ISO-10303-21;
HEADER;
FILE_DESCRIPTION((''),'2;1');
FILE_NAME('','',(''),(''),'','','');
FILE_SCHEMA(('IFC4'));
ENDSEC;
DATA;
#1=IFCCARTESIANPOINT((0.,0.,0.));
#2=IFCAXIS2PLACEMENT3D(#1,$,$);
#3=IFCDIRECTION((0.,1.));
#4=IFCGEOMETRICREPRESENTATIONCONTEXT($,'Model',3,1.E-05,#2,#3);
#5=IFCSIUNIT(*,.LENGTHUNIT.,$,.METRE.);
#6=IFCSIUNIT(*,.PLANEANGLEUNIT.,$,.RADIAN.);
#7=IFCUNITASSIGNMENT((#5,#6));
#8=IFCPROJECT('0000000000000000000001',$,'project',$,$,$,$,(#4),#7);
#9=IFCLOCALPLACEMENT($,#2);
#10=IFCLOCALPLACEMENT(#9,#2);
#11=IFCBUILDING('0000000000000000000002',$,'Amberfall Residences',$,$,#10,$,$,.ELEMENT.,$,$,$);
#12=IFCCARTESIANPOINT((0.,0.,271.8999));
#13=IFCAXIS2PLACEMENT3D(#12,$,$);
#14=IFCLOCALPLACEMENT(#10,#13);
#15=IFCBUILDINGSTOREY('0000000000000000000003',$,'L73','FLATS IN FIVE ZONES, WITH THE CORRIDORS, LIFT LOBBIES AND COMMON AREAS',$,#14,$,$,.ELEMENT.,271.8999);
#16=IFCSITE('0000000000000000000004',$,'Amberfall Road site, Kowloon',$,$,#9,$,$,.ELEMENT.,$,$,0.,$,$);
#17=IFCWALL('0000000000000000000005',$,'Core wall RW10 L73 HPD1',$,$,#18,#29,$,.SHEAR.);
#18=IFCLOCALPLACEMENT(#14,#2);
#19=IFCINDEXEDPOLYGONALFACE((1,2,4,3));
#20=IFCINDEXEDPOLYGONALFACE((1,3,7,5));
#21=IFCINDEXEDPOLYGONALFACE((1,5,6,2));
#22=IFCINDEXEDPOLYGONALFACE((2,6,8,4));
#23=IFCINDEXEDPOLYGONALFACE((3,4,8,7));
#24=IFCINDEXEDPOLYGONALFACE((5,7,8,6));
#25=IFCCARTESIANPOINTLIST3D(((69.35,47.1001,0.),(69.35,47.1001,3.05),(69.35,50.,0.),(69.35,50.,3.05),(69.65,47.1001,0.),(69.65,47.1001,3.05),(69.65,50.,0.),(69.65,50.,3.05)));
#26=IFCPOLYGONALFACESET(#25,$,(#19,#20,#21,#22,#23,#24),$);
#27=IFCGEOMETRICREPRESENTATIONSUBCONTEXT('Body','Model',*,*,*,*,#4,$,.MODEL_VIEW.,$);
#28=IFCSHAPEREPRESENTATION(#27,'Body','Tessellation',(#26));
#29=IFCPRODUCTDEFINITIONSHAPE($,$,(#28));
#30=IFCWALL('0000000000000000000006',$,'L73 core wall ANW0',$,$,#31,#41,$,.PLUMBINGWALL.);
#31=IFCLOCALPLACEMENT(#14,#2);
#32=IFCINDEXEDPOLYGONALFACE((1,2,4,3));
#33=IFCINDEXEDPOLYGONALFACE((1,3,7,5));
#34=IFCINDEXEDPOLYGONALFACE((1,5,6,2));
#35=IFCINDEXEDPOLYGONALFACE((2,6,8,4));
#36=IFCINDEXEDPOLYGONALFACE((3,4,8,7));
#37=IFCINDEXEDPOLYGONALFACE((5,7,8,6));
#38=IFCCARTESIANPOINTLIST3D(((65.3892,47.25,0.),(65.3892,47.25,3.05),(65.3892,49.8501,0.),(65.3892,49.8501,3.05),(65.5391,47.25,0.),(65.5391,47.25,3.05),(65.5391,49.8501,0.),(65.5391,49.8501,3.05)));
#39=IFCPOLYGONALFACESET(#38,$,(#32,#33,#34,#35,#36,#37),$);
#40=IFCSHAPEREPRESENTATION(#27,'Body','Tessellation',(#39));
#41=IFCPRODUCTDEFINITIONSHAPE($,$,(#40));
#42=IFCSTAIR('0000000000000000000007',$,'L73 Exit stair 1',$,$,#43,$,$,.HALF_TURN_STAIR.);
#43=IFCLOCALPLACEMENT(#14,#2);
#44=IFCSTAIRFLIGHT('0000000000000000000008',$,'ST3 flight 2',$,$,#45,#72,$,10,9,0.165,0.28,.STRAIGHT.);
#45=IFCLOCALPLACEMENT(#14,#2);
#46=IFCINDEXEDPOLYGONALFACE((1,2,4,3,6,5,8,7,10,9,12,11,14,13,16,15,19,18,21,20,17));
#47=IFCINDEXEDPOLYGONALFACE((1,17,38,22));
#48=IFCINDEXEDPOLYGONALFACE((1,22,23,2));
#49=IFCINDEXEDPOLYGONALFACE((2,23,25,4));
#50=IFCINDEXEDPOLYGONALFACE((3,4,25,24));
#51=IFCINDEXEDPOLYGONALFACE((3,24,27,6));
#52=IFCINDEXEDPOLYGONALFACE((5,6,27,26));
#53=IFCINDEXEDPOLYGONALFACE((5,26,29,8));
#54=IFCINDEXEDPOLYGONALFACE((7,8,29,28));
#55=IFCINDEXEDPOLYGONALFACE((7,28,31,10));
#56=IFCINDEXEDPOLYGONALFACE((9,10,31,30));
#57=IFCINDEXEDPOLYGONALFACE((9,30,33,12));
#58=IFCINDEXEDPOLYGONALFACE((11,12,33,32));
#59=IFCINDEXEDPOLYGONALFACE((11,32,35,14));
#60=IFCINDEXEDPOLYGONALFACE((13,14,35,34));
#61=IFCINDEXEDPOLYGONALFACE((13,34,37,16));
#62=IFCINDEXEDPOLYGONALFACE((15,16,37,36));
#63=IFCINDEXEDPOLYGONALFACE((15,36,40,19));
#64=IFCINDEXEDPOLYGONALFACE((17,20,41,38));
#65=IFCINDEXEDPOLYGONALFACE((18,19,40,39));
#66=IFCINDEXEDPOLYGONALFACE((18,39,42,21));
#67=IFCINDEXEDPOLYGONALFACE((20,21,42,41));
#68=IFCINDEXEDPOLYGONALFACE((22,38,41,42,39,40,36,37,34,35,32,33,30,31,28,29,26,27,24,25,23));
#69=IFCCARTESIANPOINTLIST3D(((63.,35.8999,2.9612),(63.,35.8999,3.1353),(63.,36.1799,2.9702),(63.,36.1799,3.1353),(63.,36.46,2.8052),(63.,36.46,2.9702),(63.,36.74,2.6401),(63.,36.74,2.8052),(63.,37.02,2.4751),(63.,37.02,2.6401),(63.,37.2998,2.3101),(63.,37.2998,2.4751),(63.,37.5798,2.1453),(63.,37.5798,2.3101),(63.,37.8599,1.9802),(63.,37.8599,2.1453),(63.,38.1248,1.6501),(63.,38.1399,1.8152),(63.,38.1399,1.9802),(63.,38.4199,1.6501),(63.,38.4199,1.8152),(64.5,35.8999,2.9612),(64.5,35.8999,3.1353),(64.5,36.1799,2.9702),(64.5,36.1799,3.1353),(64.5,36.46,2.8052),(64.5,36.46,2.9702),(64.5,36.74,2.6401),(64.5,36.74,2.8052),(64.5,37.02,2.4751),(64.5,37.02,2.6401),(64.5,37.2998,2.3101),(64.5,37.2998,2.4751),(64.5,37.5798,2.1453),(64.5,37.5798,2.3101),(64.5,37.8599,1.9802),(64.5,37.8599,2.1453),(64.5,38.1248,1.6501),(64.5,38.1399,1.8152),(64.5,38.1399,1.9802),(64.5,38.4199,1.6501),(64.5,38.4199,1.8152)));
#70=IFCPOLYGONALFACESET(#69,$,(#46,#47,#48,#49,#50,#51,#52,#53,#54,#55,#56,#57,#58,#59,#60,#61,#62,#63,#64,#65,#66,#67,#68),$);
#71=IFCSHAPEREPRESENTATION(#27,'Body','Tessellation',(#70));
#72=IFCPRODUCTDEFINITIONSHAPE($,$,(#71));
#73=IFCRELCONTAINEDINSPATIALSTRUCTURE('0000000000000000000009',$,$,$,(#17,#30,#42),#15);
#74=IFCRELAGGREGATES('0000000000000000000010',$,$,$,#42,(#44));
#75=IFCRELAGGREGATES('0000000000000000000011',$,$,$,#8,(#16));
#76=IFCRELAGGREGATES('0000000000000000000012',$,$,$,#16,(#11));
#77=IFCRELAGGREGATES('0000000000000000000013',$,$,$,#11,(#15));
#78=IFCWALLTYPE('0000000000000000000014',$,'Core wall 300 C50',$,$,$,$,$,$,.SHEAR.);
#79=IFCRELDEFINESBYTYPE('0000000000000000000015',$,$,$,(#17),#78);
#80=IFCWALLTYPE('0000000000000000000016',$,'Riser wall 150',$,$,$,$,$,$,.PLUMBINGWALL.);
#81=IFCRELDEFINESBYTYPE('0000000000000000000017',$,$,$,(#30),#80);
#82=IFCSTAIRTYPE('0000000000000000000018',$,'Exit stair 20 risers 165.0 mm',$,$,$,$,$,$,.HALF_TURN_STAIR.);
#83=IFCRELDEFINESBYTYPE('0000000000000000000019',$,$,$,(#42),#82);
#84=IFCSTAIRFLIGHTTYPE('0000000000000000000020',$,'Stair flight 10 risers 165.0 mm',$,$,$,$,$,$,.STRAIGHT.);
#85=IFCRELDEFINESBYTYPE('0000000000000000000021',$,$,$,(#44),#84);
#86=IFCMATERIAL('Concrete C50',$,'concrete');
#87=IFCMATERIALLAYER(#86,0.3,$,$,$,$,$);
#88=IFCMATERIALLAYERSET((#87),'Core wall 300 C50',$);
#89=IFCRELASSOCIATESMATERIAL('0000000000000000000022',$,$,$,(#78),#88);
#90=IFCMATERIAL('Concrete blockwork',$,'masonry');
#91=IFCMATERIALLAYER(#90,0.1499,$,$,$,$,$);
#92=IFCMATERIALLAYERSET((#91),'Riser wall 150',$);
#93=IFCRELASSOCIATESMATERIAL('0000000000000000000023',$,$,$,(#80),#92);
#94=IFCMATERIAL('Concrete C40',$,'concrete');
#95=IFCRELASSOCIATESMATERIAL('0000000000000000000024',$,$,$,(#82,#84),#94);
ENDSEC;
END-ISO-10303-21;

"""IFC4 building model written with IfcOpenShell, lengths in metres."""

from ifc_helpers import new_model, si_unit, direction, frame, frame_2d, origin, place, context, subcontext, project, spatial, polyline, rectangle, outline, extrude, material, layer, layer_set, type_object, element, aggregate, save


model = new_model("IFC4")

# Units and contexts
model_context = context("Model", 3, precision=1e-05, world=origin(), true_north=direction((0.0, 1.0)))
body_context = subcontext(model_context, "Body", "Model", "MODEL_VIEW")
ifc_project = project(units=[si_unit("LENGTHUNIT", "METRE"), si_unit("PLANEANGLEUNIT", "RADIAN")], contexts=[model_context])

# Site, building, storey
site_placement = place(None, origin())
site = spatial("IfcSite", under=ifc_project, at=site_placement, Name="Amberfall Road site, Kowloon", CompositionType="ELEMENT", RefElevation=0.0)
building_placement = place(site_placement, origin())
building = spatial("IfcBuilding", under=site, at=building_placement, Name="Amberfall Residences", CompositionType="ELEMENT")
storey_placement = place(building_placement, frame((0.0, 0.0, 271.8999)))
storey = spatial("IfcBuildingStorey", under=building, at=storey_placement, Name="L73", Description="FLATS IN FIVE ZONES, WITH THE CORRIDORS, LIFT LOBBIES AND COMMON AREAS", CompositionType="ELEMENT", Elevation=271.8999)

# Shared definitions
ifc_material_1 = material(Name="Concrete C50", Category="concrete")
ifc_layer_1 = layer(ifc_material_1, 0.3)
ifc_layer_set_1 = layer_set([ifc_layer_1], Name="Core wall 300 C50")
wall_type_1 = type_object("IfcWallType", Name="Core wall 300 C50", PredefinedType="SHEAR", material=ifc_layer_set_1)

# Walls
for number, where, z_axis, x_axis, name in (
    (1, (69.5, 47.1001, 0.0), (0.0, 0.0, 1.0), (0.0, 1.0, 0.0), "Core wall RW10 L73 HPD1"),
):
    element("IfcWall", number, at=place(storey_placement, frame(where, z_axis=z_axis, x_axis=x_axis)), inside=storey, type_object=wall_type_1, Name=name, PredefinedType="SHEAR", context=body_context, shape_type="SweptSolid", body=[
        extrude(rectangle(XDim=2.8999, YDim=0.3, at=frame_2d((1.45, 0.0))), origin(), (0.0, 0.0, 1.0), 3.05),
    ])
ifc_material_2 = material(Name="Concrete blockwork", Category="masonry")
ifc_layer_2 = layer(ifc_material_2, 0.1499)
ifc_layer_set_2 = layer_set([ifc_layer_2], Name="Riser wall 150")
wall_type_2 = type_object("IfcWallType", Name="Riser wall 150", PredefinedType="PLUMBINGWALL", material=ifc_layer_set_2)
wall_1_placement = place(storey_placement, frame((65.4641, 47.25, 0.0), z_axis=(0.0, 0.0, 1.0), x_axis=(0.0, 1.0, 0.0)))
element("IfcWall", 2, at=wall_1_placement, inside=storey, type_object=wall_type_2, Name="L73 core wall ANW0", PredefinedType="PLUMBINGWALL", context=body_context, shape_type="SweptSolid", body=[
    extrude(rectangle(XDim=2.6001, YDim=0.1499, at=frame_2d((1.3, 0.0))), origin(), (0.0, 0.0, 1.0), 3.05),
])

# Stair, stair flight
ifc_material_3 = material(Name="Concrete C40", Category="concrete")
stair_type = type_object("IfcStairType", Name="Exit stair 20 risers 165.0 mm", PredefinedType="HALF_TURN_STAIR", material=ifc_material_3)
stair_placement = place(storey_placement, origin())
stair = element("IfcStair", 3, at=stair_placement, inside=storey, type_object=stair_type, Name="L73 Exit stair 1", PredefinedType="HALF_TURN_STAIR")
stair_flight_type = type_object("IfcStairFlightType", Name="Stair flight 10 risers 165.0 mm", PredefinedType="STRAIGHT", material=ifc_material_3)
stair_flight_placement = place(storey_placement, frame((63.75, 38.4199, 1.6501), z_axis=(0.0, 0.0, 1.0), x_axis=(0.0, -1.0, 0.0)))
stair_flight = element("IfcStairFlight", 4, at=stair_flight_placement, type_object=stair_flight_type, Name="ST3 flight 2", NumberOfRisers=10, NumberOfTreads=9, PredefinedType="STRAIGHT", RiserHeight=0.165, TreadLength=0.28, context=body_context, shape_type="SweptSolid", body=[
    extrude(outline(polyline([(0.0, 0.0), (0.0, 0.165), (0.28, 0.165), (0.28, 0.3301), (0.5601, 0.3301), (0.5601, 0.4951), (0.8401, 0.4951), (0.8401, 0.6599), (1.1201, 0.6599), (1.1201, 0.825), (1.3999, 0.825), (1.3999, 0.99), (1.6799, 0.99), (1.6799, 1.155), (1.96, 1.155), (1.96, 1.3201), (2.24, 1.3201), (2.24, 1.4851), (2.52, 1.4851), (2.52, 1.6499), (2.52, 1.311), (0.2952, 0.0), (0.0, 0.0)])), frame((0.0, 0.75, 0.0), z_axis=(0.0, -1.0, 0.0), x_axis=(1.0, 0.0, 0.0)), (0.0, 0.0, 1.0), 1.5),
])
aggregate(stair, [stair_flight])

save(model, "model.ifc")
